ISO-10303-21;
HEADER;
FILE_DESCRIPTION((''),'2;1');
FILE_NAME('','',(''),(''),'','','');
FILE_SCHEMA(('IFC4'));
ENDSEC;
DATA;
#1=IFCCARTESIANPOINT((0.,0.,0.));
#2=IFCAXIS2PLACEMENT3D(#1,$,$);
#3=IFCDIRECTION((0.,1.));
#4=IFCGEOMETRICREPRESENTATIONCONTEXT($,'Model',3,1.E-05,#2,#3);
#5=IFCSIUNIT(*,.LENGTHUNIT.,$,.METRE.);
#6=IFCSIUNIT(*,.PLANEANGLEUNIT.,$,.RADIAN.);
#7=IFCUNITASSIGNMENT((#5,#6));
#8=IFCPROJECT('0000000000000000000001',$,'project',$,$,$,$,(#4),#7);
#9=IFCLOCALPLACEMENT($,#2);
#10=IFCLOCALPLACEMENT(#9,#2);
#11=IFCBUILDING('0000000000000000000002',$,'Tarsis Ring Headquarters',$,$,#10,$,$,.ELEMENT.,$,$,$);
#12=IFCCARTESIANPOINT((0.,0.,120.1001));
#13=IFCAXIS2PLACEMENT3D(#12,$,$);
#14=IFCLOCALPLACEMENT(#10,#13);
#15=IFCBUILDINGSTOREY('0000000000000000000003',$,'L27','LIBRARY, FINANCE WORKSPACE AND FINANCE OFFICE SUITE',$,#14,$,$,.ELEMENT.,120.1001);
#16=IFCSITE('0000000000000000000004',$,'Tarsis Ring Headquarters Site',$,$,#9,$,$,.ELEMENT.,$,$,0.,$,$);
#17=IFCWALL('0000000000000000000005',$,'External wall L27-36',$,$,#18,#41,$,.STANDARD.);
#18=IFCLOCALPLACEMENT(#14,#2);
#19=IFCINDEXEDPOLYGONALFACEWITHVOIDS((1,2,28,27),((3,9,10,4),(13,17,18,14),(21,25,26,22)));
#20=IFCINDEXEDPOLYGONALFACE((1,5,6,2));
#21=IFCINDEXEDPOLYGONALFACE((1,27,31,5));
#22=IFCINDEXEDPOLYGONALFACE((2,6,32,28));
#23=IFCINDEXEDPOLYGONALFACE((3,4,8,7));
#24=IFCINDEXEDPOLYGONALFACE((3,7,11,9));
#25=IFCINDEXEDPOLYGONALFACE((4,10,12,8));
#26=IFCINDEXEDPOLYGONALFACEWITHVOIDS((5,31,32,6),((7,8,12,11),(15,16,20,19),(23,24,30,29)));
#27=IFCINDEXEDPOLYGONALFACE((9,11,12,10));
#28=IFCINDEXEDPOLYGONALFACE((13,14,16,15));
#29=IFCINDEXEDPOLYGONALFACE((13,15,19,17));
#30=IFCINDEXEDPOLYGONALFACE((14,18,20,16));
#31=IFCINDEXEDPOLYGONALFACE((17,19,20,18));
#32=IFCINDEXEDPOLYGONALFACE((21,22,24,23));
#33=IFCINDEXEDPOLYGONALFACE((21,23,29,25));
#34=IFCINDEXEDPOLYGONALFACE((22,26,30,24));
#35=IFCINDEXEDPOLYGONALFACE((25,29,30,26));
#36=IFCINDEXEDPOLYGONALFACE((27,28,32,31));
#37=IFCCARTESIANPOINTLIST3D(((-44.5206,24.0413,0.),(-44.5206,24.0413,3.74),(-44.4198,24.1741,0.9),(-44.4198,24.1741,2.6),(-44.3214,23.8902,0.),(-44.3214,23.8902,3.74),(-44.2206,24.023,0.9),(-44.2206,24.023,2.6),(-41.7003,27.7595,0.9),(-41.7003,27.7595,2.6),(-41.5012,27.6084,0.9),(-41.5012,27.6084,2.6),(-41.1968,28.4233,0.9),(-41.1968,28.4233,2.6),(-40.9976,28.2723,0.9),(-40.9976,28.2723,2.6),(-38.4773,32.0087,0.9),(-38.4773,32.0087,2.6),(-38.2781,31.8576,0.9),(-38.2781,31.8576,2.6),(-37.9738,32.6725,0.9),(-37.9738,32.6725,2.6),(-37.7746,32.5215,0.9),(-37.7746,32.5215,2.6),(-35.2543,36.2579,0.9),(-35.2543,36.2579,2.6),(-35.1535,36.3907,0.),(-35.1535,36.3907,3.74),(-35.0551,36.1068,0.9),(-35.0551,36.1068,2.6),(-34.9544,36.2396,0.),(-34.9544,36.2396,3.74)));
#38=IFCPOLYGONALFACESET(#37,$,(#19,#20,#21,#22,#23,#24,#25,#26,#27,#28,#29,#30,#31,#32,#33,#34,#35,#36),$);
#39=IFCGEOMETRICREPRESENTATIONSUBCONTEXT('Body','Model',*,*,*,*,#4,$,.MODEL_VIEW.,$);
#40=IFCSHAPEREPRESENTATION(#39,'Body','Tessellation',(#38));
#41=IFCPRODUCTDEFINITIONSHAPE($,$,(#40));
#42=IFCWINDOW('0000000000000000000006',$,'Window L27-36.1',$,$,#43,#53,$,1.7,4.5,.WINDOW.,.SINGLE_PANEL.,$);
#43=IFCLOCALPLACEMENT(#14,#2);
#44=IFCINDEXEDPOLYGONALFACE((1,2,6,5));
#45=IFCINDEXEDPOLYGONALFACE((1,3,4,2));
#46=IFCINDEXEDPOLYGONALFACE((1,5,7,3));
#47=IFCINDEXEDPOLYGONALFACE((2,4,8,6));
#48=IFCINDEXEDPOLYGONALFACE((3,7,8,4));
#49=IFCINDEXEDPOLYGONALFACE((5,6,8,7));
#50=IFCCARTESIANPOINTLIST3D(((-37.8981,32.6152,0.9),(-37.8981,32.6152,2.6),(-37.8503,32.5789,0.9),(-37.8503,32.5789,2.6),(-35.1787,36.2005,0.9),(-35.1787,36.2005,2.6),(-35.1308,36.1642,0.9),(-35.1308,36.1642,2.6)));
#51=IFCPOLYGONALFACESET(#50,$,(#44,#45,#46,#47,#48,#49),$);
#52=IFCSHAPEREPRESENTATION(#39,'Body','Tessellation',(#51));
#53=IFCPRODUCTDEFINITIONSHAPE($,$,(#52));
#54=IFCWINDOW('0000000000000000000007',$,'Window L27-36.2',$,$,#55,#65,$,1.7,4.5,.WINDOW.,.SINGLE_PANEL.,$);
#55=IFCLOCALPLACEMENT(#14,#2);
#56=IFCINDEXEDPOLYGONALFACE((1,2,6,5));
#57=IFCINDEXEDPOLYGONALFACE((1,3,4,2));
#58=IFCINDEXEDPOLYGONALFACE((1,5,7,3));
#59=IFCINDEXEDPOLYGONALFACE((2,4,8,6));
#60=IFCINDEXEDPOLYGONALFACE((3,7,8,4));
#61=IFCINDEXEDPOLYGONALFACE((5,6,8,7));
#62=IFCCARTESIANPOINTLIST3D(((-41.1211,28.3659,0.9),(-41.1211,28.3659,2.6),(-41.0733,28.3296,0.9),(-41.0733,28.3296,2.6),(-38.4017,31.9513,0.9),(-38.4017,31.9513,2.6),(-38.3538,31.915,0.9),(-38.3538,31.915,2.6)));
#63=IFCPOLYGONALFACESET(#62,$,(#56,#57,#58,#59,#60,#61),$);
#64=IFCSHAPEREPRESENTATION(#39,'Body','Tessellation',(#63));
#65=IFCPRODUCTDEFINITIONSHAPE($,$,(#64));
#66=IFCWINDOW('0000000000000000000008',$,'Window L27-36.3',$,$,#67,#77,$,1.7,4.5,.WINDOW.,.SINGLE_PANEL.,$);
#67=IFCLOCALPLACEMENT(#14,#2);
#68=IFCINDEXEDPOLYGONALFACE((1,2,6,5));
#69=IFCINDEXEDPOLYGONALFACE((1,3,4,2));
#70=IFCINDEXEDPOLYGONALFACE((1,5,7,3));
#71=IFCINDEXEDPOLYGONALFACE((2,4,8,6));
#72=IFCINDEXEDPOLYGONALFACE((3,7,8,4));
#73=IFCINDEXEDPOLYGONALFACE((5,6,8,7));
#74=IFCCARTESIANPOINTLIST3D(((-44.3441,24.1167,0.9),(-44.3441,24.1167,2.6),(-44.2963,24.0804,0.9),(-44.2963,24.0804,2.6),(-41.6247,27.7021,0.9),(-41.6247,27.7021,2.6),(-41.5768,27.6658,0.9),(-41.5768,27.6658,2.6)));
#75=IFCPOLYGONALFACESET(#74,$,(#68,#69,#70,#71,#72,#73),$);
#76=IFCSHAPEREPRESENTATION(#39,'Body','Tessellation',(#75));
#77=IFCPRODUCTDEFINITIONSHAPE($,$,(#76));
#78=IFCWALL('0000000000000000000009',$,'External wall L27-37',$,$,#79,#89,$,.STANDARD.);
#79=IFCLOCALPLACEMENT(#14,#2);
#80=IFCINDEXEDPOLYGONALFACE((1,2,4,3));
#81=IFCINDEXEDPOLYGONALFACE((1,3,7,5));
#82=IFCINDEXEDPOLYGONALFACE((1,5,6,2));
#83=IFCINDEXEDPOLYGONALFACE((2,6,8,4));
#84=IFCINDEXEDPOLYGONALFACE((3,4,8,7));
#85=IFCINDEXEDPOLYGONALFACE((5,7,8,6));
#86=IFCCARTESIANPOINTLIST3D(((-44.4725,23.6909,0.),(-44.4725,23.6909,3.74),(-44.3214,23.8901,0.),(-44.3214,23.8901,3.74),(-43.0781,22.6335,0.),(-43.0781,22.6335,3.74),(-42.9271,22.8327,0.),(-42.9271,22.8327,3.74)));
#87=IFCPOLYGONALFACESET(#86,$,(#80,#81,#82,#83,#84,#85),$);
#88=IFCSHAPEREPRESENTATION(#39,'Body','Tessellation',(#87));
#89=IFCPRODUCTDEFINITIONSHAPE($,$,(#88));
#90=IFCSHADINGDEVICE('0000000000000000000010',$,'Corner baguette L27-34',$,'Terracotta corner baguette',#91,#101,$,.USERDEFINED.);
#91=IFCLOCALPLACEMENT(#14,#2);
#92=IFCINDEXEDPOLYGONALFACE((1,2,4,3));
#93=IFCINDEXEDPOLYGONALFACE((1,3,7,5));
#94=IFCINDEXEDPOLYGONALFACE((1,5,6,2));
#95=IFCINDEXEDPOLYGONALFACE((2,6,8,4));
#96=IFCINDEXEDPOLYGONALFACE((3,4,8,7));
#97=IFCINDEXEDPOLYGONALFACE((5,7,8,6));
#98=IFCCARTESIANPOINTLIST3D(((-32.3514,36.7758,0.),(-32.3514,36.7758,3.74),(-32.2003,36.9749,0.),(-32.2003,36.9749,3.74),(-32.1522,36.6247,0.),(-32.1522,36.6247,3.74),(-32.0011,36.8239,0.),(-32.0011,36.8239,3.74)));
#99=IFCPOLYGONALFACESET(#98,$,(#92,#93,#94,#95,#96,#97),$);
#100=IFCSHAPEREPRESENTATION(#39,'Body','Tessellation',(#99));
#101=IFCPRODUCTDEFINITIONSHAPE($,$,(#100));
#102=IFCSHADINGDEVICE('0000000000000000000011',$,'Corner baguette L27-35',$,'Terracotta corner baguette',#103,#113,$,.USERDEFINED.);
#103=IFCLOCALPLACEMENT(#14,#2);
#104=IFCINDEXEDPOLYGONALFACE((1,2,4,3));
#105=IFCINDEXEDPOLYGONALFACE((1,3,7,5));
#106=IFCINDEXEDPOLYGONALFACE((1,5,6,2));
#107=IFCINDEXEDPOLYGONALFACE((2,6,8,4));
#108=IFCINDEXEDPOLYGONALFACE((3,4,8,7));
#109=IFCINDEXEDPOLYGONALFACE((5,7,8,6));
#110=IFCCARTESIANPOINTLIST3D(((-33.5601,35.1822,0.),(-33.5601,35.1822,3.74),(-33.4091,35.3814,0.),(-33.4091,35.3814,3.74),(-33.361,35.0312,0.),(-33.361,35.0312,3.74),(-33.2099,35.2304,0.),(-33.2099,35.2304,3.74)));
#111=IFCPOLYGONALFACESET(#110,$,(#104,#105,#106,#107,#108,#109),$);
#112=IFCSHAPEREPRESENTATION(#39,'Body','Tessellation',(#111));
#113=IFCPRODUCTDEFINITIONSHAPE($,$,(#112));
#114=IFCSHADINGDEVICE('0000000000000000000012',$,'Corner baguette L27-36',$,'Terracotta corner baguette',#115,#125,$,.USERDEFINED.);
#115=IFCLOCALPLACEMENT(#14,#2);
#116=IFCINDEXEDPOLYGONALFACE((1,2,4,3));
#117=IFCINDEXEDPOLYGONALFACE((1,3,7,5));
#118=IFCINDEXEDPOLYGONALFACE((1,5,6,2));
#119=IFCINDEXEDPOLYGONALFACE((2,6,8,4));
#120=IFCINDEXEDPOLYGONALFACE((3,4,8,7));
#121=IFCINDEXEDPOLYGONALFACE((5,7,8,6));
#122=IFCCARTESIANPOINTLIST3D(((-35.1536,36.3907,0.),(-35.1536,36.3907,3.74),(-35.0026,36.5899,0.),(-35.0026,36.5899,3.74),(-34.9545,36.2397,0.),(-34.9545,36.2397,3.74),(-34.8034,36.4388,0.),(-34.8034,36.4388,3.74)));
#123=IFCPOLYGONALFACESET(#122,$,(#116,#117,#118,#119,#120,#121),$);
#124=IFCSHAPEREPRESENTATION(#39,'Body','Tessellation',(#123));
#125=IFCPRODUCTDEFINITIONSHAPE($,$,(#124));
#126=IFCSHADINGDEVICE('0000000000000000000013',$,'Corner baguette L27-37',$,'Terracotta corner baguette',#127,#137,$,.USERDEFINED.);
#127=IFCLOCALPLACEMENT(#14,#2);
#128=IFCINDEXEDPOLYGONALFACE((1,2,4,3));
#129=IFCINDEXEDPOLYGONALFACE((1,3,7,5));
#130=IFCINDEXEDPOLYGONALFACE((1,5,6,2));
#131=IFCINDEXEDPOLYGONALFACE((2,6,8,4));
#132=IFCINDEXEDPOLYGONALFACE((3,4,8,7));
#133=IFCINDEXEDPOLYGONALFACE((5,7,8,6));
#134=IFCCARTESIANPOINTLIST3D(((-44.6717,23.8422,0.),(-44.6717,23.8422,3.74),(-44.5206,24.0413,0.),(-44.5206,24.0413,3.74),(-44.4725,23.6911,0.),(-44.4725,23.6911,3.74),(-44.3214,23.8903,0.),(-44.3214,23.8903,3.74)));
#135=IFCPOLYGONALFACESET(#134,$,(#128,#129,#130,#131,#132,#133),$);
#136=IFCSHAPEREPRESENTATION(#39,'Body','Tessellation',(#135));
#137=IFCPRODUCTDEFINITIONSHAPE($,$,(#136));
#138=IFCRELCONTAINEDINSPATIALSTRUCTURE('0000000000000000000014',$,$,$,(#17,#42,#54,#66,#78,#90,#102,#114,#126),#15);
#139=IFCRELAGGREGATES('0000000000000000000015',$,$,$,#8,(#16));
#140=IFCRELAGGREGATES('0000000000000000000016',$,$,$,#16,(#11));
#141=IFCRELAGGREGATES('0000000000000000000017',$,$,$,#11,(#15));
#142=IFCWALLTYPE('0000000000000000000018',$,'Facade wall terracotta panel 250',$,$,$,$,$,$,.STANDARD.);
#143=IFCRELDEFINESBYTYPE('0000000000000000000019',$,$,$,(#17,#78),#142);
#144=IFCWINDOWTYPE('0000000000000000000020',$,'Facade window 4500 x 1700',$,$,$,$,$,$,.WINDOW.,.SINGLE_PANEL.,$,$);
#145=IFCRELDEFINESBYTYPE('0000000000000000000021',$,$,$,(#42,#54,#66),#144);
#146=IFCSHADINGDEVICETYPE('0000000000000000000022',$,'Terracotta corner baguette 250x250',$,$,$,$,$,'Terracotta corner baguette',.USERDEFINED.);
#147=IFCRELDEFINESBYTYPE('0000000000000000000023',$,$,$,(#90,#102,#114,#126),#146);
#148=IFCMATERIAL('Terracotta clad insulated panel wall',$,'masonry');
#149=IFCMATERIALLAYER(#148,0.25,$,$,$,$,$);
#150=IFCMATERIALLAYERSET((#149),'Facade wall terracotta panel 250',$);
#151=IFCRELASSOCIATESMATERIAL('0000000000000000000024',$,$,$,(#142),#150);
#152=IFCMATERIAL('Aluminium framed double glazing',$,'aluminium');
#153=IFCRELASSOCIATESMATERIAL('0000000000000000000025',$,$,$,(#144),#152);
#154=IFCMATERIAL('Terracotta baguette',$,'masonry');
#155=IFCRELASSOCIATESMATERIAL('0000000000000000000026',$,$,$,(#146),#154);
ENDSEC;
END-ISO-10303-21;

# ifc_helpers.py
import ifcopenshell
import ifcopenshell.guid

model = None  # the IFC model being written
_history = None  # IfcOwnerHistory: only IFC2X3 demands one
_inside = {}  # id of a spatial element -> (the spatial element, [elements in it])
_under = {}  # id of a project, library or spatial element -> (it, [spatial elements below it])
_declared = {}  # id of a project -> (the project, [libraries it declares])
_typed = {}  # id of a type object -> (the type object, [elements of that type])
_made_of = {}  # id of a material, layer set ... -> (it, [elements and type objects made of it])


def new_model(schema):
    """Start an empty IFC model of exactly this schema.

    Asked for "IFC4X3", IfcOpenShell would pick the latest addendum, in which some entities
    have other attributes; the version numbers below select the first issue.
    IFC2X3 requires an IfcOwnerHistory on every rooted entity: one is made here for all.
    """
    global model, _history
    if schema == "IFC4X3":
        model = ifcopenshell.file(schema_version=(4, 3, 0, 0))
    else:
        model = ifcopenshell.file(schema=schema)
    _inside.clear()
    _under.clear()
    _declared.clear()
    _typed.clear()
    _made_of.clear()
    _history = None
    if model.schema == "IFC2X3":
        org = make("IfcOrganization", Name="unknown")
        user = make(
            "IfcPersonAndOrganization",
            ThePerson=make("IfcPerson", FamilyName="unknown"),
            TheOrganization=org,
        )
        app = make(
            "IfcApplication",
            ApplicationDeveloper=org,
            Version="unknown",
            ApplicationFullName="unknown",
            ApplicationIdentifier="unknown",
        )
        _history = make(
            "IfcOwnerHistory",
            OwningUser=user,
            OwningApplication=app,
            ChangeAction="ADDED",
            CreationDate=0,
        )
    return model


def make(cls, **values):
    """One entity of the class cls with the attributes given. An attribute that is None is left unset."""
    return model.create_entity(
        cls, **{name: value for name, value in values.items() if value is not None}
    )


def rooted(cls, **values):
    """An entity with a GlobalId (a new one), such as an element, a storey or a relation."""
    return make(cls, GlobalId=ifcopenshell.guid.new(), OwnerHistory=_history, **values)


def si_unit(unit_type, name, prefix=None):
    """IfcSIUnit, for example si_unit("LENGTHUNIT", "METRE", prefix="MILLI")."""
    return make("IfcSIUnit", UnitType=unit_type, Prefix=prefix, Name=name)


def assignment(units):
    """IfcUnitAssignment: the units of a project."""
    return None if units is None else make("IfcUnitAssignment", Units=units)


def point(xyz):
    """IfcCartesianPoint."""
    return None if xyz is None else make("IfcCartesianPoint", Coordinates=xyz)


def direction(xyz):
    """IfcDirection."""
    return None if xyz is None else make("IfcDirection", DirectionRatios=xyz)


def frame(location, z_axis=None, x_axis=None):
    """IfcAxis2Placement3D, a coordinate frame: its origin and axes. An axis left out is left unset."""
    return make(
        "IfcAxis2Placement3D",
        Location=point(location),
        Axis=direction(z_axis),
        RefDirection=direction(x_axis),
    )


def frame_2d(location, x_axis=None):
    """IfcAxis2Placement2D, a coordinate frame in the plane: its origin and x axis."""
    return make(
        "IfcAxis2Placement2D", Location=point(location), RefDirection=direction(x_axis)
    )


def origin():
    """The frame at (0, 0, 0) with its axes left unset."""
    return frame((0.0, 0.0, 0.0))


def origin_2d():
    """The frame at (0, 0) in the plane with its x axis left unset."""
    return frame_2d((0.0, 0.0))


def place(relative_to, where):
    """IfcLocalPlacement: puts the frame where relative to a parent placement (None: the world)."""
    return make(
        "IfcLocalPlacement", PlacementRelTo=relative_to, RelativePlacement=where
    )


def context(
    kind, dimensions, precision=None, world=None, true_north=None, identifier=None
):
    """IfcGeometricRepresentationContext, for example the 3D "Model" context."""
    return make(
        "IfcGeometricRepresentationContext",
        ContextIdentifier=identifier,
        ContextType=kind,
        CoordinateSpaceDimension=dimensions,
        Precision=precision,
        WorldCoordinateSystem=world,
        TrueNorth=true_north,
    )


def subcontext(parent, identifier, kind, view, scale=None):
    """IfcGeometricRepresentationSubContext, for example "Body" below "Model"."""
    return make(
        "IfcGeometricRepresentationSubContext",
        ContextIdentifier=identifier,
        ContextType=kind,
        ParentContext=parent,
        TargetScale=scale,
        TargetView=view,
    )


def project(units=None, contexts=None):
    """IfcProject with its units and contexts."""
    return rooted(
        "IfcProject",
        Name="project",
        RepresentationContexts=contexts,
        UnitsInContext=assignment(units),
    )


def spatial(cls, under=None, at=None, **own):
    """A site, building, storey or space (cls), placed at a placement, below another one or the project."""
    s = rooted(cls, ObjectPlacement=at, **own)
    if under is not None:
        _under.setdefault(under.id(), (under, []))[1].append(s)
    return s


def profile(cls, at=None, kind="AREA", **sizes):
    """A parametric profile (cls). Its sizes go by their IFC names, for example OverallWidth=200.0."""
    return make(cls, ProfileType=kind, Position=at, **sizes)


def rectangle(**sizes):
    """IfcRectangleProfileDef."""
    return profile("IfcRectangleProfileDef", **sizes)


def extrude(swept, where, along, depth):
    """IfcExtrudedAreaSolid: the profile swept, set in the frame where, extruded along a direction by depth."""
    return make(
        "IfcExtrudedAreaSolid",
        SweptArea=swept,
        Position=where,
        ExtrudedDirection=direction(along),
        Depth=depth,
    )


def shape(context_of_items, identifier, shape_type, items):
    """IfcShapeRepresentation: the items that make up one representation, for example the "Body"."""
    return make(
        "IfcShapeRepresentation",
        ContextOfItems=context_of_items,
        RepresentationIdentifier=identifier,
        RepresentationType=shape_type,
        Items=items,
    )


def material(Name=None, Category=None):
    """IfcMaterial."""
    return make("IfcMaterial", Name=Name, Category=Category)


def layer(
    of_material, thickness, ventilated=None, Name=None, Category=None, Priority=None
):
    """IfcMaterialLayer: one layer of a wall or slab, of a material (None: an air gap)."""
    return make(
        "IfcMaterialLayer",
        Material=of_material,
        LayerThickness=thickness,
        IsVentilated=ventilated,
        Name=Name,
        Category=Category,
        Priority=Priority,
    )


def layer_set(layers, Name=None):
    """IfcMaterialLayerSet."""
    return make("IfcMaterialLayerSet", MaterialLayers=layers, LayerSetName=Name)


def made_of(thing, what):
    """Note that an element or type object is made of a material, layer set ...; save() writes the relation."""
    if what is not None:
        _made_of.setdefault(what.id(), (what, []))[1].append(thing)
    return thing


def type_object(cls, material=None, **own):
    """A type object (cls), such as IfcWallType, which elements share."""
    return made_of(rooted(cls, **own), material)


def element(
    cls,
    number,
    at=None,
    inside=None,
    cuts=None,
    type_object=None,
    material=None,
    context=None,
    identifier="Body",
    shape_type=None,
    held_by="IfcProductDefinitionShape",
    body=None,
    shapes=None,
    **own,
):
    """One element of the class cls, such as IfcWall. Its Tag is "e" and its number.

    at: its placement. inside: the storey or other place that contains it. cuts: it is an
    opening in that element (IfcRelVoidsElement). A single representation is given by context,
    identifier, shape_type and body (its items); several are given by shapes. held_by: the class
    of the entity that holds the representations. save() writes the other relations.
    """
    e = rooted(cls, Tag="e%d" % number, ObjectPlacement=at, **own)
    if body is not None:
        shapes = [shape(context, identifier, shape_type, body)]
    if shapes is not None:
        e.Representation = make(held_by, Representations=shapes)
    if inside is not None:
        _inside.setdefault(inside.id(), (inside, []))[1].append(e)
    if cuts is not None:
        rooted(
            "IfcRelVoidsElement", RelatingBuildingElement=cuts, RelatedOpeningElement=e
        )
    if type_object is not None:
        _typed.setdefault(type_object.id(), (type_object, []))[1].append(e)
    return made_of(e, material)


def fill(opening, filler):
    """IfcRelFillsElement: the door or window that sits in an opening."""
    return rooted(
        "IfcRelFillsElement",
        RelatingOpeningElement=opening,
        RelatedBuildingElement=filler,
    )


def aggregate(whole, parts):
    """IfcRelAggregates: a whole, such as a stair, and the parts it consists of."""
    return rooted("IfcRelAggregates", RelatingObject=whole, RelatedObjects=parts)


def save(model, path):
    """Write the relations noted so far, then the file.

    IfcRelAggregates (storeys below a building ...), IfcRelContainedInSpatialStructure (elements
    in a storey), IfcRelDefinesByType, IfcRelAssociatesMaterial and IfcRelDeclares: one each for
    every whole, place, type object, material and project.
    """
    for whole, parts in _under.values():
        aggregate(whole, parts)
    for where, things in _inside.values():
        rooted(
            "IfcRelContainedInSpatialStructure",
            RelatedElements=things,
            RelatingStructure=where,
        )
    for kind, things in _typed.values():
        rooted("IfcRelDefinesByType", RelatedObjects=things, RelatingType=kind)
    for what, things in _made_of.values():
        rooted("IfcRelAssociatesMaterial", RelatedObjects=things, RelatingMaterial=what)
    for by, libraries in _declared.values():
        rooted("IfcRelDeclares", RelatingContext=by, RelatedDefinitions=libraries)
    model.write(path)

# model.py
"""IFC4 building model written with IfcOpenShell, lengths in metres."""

from ifc_helpers import new_model, si_unit, direction, frame, frame_2d, origin, origin_2d, place, context, subcontext, project, spatial, rectangle, extrude, material, layer, layer_set, type_object, element, fill, save


model = new_model("IFC4")

# Units and contexts
model_context = context("Model", 3, precision=1e-05, world=origin(), true_north=direction((0.0, 1.0)))
body_context = subcontext(model_context, "Body", "Model", "MODEL_VIEW")
ifc_project = project(units=[si_unit("LENGTHUNIT", "METRE"), si_unit("PLANEANGLEUNIT", "RADIAN")], contexts=[model_context])

# Site, building, storey
site_placement = place(None, origin())
site = spatial("IfcSite", under=ifc_project, at=site_placement, Name="Tarsis Ring Headquarters Site", CompositionType="ELEMENT", RefElevation=0.0)
building_placement = place(site_placement, origin())
building = spatial("IfcBuilding", under=site, at=building_placement, Name="Tarsis Ring Headquarters", CompositionType="ELEMENT")
storey_placement = place(building_placement, frame((0.0, 0.0, 120.1001)))
storey = spatial("IfcBuildingStorey", under=building, at=storey_placement, Name="L27", Description="LIBRARY, FINANCE WORKSPACE AND FINANCE OFFICE SUITE", CompositionType="ELEMENT", Elevation=120.1001)

# Shared definitions
ifc_material_1 = material(Name="Terracotta clad insulated panel wall", Category="masonry")
ifc_layer_1 = layer(ifc_material_1, 0.25)
ifc_layer_set_1 = layer_set([ifc_layer_1], Name="Facade wall terracotta panel 250")
wall_type_1 = type_object("IfcWallType", Name="Facade wall terracotta panel 250", PredefinedType="STANDARD", material=ifc_layer_set_1)

# Wall, openings, windows
wall_1_placement = place(storey_placement, frame((-35.054, 36.3152, 0.0), z_axis=(0.0, 0.0, 1.0), x_axis=(-0.604323, -0.796739, 0.0)))
wall_1 = element("IfcWall", 1, at=wall_1_placement, inside=storey, type_object=wall_type_1, Name="External wall L27-36", PredefinedType="STANDARD", context=body_context, shape_type="SweptSolid", body=[
    extrude(rectangle(XDim=15.5, YDim=0.25, at=frame_2d((7.75, 0.0))), origin(), (0.0, 0.0, 1.0), 3.74),
])
opening_1_placement = place(wall_1_placement, frame((0.1667, 0.0, 0.8999)))
opening_1 = element("IfcOpeningElement", 2, at=opening_1_placement, cuts=wall_1, PredefinedType="OPENING", context=body_context, shape_type="SweptSolid", body=[
    extrude(rectangle(XDim=4.5, YDim=1.7, at=frame_2d((2.25, 0.8501))), frame((0.0, 0.135, 0.0), z_axis=(0.0, -1.0, 0.0), x_axis=(1.0, 0.0, 0.0)), (0.0, 0.0, 1.0), 0.27),
])
opening_2_placement = place(wall_1_placement, frame((5.5, 0.0, 0.8999)))
opening_2 = element("IfcOpeningElement", 3, at=opening_2_placement, cuts=wall_1, PredefinedType="OPENING", context=body_context, shape_type="SweptSolid", body=[
    extrude(rectangle(XDim=4.5, YDim=1.7, at=frame_2d((2.25, 0.8501))), frame((0.0, 0.135, 0.0), z_axis=(0.0, -1.0, 0.0), x_axis=(1.0, 0.0, 0.0)), (0.0, 0.0, 1.0), 0.27),
])
opening_3_placement = place(wall_1_placement, frame((10.8333, 0.0, 0.8999)))
opening_3 = element("IfcOpeningElement", 4, at=opening_3_placement, cuts=wall_1, PredefinedType="OPENING", context=body_context, shape_type="SweptSolid", body=[
    extrude(rectangle(XDim=4.5, YDim=1.7, at=frame_2d((2.25, 0.8501))), frame((0.0, 0.135, 0.0), z_axis=(0.0, -1.0, 0.0), x_axis=(1.0, 0.0, 0.0)), (0.0, 0.0, 1.0), 0.27),
])
ifc_material_2 = material(Name="Aluminium framed double glazing", Category="aluminium")
window_type = type_object("IfcWindowType", Name="Facade window 4500 x 1700", PartitioningType="SINGLE_PANEL", PredefinedType="WINDOW", material=ifc_material_2)
window_1_placement = place(opening_1_placement, origin())
window_1 = element("IfcWindow", 5, at=window_1_placement, inside=storey, type_object=window_type, Name="Window L27-36.1", OverallHeight=1.7, OverallWidth=4.5, PartitioningType="SINGLE_PANEL", PredefinedType="WINDOW", context=body_context, shape_type="SweptSolid", body=[
    extrude(rectangle(XDim=4.5, YDim=1.7, at=frame_2d((2.25, 0.8501))), frame((0.0, 0.03, 0.0), z_axis=(0.0, -1.0, 0.0), x_axis=(1.0, 0.0, 0.0)), (0.0, 0.0, 1.0), 0.0601),
])
fill(opening_1, window_1)
window_2_placement = place(opening_2_placement, origin())
window_2 = element("IfcWindow", 6, at=window_2_placement, inside=storey, type_object=window_type, Name="Window L27-36.2", OverallHeight=1.7, OverallWidth=4.5, PartitioningType="SINGLE_PANEL", PredefinedType="WINDOW", context=body_context, shape_type="SweptSolid", body=[
    extrude(rectangle(XDim=4.5, YDim=1.7, at=frame_2d((2.25, 0.8501))), frame((0.0, 0.03, 0.0), z_axis=(0.0, -1.0, 0.0), x_axis=(1.0, 0.0, 0.0)), (0.0, 0.0, 1.0), 0.0601),
])
fill(opening_2, window_2)
window_3_placement = place(opening_3_placement, origin())
window_3 = element("IfcWindow", 7, at=window_3_placement, inside=storey, type_object=window_type, Name="Window L27-36.3", OverallHeight=1.7, OverallWidth=4.5, PartitioningType="SINGLE_PANEL", PredefinedType="WINDOW", context=body_context, shape_type="SweptSolid", body=[
    extrude(rectangle(XDim=4.5, YDim=1.7, at=frame_2d((2.25, 0.8501))), frame((0.0, 0.03, 0.0), z_axis=(0.0, -1.0, 0.0), x_axis=(1.0, 0.0, 0.0)), (0.0, 0.0, 1.0), 0.0601),
])
fill(opening_3, window_3)

# Wall
wall_2_placement = place(storey_placement, frame((-44.397, 23.7905, 0.0), z_axis=(0.0, 0.0, 1.0), x_axis=(0.796791, -0.604255, 0.0)))
element("IfcWall", 8, at=wall_2_placement, inside=storey, type_object=wall_type_1, Name="External wall L27-37", PredefinedType="STANDARD", context=body_context, shape_type="SweptSolid", body=[
    extrude(rectangle(XDim=1.75, YDim=0.25, at=frame_2d((0.875, 0.0))), origin(), (0.0, 0.0, 1.0), 3.74),
])

# Shading devices
ifc_material_3 = material(Name="Terracotta baguette", Category="masonry")
shading_device_type_1 = type_object("IfcShadingDeviceType", Name="Terracotta corner baguette 250x250", ElementType="Terracotta corner baguette", PredefinedType="USERDEFINED", material=ifc_material_3)
for number, where, z_axis, x_axis, name in (
    (9, (-32.1763, 36.7998, 0.0), (0.0, 0.0, 1.0), (-0.796741, 0.604321, 0.0), "Corner baguette L27-34"),
    (10, (-33.385, 35.2063, 0.0), (0.0, 0.0, 1.0), (-0.604321, -0.796741, 0.0), "Corner baguette L27-35"),
    (11, (-34.9785, 36.4148, 0.0), (0.0, 0.0, 1.0), (-0.796741, 0.604321, 0.0), "Corner baguette L27-36"),
    (12, (-44.4966, 23.8662, 0.0), (0.0, 0.0, 1.0), (-0.604321, -0.796741, 0.0), "Corner baguette L27-37"),
):
    element("IfcShadingDevice", number, at=place(storey_placement, frame(where, z_axis=z_axis, x_axis=x_axis)), inside=storey, type_object=shading_device_type_1, Name=name, ObjectType="Terracotta corner baguette", PredefinedType="USERDEFINED", context=body_context, shape_type="SweptSolid", body=[
        extrude(rectangle(XDim=0.25, YDim=0.25, at=origin_2d()), origin(), (0.0, 0.0, 1.0), 3.74),
    ])

save(model, "model.ifc")
